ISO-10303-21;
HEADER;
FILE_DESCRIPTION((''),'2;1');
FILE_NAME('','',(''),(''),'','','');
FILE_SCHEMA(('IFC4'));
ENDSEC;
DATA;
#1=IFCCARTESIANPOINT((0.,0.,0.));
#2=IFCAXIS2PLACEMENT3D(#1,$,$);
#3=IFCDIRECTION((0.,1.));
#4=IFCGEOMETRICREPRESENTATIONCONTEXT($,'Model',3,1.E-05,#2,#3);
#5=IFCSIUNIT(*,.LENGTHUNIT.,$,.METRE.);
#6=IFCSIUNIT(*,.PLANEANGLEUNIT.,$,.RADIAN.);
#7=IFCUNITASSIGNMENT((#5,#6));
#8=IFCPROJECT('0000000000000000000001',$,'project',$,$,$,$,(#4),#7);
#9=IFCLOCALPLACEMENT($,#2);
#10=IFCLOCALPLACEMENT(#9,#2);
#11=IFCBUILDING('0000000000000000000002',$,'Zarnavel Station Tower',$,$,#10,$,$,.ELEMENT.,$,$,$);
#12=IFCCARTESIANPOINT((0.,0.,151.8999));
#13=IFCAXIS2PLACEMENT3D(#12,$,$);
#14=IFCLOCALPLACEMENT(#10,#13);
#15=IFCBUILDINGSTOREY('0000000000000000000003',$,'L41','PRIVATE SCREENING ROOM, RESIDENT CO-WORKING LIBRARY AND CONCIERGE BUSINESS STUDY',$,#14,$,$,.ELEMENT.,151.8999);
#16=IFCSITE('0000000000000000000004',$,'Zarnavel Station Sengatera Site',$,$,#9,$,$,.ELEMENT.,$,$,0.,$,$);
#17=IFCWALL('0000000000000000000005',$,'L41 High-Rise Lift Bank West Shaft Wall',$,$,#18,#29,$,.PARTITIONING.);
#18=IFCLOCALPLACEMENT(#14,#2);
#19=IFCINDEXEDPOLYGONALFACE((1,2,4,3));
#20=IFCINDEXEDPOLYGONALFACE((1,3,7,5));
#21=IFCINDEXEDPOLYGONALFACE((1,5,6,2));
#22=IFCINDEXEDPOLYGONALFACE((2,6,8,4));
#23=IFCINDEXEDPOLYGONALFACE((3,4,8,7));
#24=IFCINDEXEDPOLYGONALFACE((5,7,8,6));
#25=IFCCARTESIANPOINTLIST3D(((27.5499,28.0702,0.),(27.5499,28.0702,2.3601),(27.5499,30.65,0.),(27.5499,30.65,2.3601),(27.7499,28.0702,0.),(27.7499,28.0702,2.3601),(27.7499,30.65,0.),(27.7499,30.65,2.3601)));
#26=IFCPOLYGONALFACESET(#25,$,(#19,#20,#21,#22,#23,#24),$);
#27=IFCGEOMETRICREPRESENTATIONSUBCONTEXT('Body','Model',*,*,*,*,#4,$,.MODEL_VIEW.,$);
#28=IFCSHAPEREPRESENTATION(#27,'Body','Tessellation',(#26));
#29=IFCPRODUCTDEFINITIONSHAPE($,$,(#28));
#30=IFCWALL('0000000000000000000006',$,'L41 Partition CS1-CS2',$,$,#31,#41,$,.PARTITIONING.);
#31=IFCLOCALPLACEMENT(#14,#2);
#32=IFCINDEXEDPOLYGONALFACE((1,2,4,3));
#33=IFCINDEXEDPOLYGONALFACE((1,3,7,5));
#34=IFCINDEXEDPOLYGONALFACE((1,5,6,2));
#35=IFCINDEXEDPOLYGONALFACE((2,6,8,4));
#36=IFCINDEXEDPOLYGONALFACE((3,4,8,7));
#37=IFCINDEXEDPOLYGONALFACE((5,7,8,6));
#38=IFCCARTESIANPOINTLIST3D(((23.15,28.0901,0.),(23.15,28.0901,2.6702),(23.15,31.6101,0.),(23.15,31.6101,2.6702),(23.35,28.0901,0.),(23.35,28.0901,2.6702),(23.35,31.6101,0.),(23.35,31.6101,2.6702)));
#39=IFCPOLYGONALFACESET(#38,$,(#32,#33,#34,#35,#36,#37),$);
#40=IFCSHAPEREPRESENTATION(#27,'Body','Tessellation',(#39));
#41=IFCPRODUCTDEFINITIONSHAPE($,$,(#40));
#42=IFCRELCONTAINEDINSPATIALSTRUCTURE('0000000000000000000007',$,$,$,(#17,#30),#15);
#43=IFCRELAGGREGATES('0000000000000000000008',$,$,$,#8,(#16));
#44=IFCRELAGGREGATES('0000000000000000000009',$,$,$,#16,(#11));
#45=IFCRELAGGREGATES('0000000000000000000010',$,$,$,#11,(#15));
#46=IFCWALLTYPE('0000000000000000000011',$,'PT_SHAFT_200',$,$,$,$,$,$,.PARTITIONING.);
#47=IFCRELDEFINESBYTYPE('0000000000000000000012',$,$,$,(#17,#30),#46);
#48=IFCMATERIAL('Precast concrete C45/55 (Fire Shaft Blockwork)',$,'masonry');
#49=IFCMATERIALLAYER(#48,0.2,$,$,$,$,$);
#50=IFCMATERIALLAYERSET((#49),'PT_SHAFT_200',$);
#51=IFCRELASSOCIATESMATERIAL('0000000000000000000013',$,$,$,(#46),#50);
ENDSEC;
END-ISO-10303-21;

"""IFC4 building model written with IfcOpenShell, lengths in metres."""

from ifc_helpers import new_model, si_unit, direction, frame, frame_2d, origin, place, context, subcontext, project, spatial, rectangle, extrude, material, layer, layer_set, type_object, element, save


model = new_model("IFC4")

# Units and contexts
model_context = context("Model", 3, precision=1e-05, world=origin(), true_north=direction((0.0, 1.0)))
body_context = subcontext(model_context, "Body", "Model", "MODEL_VIEW")
ifc_project = project(units=[si_unit("LENGTHUNIT", "METRE"), si_unit("PLANEANGLEUNIT", "RADIAN")], contexts=[model_context])

# Site, building, storey
site_placement = place(None, origin())
site = spatial("IfcSite", under=ifc_project, at=site_placement, Name="Zarnavel Station Sengatera Site", CompositionType="ELEMENT", RefElevation=0.0)
building_placement = place(site_placement, origin())
building = spatial("IfcBuilding", under=site, at=building_placement, Name="Zarnavel Station Tower", CompositionType="ELEMENT")
storey_placement = place(building_placement, frame((0.0, 0.0, 151.8999)))
storey = spatial("IfcBuildingStorey", under=building, at=storey_placement, Name="L41", Description="PRIVATE SCREENING ROOM, RESIDENT CO-WORKING LIBRARY AND CONCIERGE BUSINESS STUDY", CompositionType="ELEMENT", Elevation=151.8999)

# Wall
ifc_material_1 = material(Name="Precast concrete C45/55 (Fire Shaft Blockwork)", Category="masonry")
ifc_layer_1 = layer(ifc_material_1, 0.2)
ifc_layer_set_1 = layer_set([ifc_layer_1], Name="PT_SHAFT_200")
wall_type_1 = type_object("IfcWallType", Name="PT_SHAFT_200", PredefinedType="PARTITIONING", material=ifc_layer_set_1)
wall_1_placement = place(storey_placement, frame((27.6499, 28.0701, 0.0), z_axis=(0.0, 0.0, 1.0), x_axis=(0.0, 1.0, 0.0)))
element("IfcWall", 1, at=wall_1_placement, inside=storey, type_object=wall_type_1, Name="L41 High-Rise Lift Bank West Shaft Wall", PredefinedType="PARTITIONING", context=body_context, shape_type="SweptSolid", body=[
    extrude(rectangle(XDim=2.5798, YDim=0.2, at=frame_2d((1.29, 0.0))), origin(), (0.0, 0.0, 1.0), 2.3601),
])

# Wall
wall_2_placement = place(storey_placement, frame((23.25, 28.0901, 0.0), z_axis=(0.0, 0.0, 1.0), x_axis=(0.0, 1.0, 0.0)))
element("IfcWall", 2, at=wall_2_placement, inside=storey, type_object=wall_type_1, Name="L41 Partition CS1-CS2", PredefinedType="PARTITIONING", context=body_context, shape_type="SweptSolid", body=[
    extrude(rectangle(XDim=3.52, YDim=0.2, at=frame_2d((1.76, 0.0))), origin(), (0.0, 0.0, 1.0), 2.6702),
])

save(model, "model.ifc")
